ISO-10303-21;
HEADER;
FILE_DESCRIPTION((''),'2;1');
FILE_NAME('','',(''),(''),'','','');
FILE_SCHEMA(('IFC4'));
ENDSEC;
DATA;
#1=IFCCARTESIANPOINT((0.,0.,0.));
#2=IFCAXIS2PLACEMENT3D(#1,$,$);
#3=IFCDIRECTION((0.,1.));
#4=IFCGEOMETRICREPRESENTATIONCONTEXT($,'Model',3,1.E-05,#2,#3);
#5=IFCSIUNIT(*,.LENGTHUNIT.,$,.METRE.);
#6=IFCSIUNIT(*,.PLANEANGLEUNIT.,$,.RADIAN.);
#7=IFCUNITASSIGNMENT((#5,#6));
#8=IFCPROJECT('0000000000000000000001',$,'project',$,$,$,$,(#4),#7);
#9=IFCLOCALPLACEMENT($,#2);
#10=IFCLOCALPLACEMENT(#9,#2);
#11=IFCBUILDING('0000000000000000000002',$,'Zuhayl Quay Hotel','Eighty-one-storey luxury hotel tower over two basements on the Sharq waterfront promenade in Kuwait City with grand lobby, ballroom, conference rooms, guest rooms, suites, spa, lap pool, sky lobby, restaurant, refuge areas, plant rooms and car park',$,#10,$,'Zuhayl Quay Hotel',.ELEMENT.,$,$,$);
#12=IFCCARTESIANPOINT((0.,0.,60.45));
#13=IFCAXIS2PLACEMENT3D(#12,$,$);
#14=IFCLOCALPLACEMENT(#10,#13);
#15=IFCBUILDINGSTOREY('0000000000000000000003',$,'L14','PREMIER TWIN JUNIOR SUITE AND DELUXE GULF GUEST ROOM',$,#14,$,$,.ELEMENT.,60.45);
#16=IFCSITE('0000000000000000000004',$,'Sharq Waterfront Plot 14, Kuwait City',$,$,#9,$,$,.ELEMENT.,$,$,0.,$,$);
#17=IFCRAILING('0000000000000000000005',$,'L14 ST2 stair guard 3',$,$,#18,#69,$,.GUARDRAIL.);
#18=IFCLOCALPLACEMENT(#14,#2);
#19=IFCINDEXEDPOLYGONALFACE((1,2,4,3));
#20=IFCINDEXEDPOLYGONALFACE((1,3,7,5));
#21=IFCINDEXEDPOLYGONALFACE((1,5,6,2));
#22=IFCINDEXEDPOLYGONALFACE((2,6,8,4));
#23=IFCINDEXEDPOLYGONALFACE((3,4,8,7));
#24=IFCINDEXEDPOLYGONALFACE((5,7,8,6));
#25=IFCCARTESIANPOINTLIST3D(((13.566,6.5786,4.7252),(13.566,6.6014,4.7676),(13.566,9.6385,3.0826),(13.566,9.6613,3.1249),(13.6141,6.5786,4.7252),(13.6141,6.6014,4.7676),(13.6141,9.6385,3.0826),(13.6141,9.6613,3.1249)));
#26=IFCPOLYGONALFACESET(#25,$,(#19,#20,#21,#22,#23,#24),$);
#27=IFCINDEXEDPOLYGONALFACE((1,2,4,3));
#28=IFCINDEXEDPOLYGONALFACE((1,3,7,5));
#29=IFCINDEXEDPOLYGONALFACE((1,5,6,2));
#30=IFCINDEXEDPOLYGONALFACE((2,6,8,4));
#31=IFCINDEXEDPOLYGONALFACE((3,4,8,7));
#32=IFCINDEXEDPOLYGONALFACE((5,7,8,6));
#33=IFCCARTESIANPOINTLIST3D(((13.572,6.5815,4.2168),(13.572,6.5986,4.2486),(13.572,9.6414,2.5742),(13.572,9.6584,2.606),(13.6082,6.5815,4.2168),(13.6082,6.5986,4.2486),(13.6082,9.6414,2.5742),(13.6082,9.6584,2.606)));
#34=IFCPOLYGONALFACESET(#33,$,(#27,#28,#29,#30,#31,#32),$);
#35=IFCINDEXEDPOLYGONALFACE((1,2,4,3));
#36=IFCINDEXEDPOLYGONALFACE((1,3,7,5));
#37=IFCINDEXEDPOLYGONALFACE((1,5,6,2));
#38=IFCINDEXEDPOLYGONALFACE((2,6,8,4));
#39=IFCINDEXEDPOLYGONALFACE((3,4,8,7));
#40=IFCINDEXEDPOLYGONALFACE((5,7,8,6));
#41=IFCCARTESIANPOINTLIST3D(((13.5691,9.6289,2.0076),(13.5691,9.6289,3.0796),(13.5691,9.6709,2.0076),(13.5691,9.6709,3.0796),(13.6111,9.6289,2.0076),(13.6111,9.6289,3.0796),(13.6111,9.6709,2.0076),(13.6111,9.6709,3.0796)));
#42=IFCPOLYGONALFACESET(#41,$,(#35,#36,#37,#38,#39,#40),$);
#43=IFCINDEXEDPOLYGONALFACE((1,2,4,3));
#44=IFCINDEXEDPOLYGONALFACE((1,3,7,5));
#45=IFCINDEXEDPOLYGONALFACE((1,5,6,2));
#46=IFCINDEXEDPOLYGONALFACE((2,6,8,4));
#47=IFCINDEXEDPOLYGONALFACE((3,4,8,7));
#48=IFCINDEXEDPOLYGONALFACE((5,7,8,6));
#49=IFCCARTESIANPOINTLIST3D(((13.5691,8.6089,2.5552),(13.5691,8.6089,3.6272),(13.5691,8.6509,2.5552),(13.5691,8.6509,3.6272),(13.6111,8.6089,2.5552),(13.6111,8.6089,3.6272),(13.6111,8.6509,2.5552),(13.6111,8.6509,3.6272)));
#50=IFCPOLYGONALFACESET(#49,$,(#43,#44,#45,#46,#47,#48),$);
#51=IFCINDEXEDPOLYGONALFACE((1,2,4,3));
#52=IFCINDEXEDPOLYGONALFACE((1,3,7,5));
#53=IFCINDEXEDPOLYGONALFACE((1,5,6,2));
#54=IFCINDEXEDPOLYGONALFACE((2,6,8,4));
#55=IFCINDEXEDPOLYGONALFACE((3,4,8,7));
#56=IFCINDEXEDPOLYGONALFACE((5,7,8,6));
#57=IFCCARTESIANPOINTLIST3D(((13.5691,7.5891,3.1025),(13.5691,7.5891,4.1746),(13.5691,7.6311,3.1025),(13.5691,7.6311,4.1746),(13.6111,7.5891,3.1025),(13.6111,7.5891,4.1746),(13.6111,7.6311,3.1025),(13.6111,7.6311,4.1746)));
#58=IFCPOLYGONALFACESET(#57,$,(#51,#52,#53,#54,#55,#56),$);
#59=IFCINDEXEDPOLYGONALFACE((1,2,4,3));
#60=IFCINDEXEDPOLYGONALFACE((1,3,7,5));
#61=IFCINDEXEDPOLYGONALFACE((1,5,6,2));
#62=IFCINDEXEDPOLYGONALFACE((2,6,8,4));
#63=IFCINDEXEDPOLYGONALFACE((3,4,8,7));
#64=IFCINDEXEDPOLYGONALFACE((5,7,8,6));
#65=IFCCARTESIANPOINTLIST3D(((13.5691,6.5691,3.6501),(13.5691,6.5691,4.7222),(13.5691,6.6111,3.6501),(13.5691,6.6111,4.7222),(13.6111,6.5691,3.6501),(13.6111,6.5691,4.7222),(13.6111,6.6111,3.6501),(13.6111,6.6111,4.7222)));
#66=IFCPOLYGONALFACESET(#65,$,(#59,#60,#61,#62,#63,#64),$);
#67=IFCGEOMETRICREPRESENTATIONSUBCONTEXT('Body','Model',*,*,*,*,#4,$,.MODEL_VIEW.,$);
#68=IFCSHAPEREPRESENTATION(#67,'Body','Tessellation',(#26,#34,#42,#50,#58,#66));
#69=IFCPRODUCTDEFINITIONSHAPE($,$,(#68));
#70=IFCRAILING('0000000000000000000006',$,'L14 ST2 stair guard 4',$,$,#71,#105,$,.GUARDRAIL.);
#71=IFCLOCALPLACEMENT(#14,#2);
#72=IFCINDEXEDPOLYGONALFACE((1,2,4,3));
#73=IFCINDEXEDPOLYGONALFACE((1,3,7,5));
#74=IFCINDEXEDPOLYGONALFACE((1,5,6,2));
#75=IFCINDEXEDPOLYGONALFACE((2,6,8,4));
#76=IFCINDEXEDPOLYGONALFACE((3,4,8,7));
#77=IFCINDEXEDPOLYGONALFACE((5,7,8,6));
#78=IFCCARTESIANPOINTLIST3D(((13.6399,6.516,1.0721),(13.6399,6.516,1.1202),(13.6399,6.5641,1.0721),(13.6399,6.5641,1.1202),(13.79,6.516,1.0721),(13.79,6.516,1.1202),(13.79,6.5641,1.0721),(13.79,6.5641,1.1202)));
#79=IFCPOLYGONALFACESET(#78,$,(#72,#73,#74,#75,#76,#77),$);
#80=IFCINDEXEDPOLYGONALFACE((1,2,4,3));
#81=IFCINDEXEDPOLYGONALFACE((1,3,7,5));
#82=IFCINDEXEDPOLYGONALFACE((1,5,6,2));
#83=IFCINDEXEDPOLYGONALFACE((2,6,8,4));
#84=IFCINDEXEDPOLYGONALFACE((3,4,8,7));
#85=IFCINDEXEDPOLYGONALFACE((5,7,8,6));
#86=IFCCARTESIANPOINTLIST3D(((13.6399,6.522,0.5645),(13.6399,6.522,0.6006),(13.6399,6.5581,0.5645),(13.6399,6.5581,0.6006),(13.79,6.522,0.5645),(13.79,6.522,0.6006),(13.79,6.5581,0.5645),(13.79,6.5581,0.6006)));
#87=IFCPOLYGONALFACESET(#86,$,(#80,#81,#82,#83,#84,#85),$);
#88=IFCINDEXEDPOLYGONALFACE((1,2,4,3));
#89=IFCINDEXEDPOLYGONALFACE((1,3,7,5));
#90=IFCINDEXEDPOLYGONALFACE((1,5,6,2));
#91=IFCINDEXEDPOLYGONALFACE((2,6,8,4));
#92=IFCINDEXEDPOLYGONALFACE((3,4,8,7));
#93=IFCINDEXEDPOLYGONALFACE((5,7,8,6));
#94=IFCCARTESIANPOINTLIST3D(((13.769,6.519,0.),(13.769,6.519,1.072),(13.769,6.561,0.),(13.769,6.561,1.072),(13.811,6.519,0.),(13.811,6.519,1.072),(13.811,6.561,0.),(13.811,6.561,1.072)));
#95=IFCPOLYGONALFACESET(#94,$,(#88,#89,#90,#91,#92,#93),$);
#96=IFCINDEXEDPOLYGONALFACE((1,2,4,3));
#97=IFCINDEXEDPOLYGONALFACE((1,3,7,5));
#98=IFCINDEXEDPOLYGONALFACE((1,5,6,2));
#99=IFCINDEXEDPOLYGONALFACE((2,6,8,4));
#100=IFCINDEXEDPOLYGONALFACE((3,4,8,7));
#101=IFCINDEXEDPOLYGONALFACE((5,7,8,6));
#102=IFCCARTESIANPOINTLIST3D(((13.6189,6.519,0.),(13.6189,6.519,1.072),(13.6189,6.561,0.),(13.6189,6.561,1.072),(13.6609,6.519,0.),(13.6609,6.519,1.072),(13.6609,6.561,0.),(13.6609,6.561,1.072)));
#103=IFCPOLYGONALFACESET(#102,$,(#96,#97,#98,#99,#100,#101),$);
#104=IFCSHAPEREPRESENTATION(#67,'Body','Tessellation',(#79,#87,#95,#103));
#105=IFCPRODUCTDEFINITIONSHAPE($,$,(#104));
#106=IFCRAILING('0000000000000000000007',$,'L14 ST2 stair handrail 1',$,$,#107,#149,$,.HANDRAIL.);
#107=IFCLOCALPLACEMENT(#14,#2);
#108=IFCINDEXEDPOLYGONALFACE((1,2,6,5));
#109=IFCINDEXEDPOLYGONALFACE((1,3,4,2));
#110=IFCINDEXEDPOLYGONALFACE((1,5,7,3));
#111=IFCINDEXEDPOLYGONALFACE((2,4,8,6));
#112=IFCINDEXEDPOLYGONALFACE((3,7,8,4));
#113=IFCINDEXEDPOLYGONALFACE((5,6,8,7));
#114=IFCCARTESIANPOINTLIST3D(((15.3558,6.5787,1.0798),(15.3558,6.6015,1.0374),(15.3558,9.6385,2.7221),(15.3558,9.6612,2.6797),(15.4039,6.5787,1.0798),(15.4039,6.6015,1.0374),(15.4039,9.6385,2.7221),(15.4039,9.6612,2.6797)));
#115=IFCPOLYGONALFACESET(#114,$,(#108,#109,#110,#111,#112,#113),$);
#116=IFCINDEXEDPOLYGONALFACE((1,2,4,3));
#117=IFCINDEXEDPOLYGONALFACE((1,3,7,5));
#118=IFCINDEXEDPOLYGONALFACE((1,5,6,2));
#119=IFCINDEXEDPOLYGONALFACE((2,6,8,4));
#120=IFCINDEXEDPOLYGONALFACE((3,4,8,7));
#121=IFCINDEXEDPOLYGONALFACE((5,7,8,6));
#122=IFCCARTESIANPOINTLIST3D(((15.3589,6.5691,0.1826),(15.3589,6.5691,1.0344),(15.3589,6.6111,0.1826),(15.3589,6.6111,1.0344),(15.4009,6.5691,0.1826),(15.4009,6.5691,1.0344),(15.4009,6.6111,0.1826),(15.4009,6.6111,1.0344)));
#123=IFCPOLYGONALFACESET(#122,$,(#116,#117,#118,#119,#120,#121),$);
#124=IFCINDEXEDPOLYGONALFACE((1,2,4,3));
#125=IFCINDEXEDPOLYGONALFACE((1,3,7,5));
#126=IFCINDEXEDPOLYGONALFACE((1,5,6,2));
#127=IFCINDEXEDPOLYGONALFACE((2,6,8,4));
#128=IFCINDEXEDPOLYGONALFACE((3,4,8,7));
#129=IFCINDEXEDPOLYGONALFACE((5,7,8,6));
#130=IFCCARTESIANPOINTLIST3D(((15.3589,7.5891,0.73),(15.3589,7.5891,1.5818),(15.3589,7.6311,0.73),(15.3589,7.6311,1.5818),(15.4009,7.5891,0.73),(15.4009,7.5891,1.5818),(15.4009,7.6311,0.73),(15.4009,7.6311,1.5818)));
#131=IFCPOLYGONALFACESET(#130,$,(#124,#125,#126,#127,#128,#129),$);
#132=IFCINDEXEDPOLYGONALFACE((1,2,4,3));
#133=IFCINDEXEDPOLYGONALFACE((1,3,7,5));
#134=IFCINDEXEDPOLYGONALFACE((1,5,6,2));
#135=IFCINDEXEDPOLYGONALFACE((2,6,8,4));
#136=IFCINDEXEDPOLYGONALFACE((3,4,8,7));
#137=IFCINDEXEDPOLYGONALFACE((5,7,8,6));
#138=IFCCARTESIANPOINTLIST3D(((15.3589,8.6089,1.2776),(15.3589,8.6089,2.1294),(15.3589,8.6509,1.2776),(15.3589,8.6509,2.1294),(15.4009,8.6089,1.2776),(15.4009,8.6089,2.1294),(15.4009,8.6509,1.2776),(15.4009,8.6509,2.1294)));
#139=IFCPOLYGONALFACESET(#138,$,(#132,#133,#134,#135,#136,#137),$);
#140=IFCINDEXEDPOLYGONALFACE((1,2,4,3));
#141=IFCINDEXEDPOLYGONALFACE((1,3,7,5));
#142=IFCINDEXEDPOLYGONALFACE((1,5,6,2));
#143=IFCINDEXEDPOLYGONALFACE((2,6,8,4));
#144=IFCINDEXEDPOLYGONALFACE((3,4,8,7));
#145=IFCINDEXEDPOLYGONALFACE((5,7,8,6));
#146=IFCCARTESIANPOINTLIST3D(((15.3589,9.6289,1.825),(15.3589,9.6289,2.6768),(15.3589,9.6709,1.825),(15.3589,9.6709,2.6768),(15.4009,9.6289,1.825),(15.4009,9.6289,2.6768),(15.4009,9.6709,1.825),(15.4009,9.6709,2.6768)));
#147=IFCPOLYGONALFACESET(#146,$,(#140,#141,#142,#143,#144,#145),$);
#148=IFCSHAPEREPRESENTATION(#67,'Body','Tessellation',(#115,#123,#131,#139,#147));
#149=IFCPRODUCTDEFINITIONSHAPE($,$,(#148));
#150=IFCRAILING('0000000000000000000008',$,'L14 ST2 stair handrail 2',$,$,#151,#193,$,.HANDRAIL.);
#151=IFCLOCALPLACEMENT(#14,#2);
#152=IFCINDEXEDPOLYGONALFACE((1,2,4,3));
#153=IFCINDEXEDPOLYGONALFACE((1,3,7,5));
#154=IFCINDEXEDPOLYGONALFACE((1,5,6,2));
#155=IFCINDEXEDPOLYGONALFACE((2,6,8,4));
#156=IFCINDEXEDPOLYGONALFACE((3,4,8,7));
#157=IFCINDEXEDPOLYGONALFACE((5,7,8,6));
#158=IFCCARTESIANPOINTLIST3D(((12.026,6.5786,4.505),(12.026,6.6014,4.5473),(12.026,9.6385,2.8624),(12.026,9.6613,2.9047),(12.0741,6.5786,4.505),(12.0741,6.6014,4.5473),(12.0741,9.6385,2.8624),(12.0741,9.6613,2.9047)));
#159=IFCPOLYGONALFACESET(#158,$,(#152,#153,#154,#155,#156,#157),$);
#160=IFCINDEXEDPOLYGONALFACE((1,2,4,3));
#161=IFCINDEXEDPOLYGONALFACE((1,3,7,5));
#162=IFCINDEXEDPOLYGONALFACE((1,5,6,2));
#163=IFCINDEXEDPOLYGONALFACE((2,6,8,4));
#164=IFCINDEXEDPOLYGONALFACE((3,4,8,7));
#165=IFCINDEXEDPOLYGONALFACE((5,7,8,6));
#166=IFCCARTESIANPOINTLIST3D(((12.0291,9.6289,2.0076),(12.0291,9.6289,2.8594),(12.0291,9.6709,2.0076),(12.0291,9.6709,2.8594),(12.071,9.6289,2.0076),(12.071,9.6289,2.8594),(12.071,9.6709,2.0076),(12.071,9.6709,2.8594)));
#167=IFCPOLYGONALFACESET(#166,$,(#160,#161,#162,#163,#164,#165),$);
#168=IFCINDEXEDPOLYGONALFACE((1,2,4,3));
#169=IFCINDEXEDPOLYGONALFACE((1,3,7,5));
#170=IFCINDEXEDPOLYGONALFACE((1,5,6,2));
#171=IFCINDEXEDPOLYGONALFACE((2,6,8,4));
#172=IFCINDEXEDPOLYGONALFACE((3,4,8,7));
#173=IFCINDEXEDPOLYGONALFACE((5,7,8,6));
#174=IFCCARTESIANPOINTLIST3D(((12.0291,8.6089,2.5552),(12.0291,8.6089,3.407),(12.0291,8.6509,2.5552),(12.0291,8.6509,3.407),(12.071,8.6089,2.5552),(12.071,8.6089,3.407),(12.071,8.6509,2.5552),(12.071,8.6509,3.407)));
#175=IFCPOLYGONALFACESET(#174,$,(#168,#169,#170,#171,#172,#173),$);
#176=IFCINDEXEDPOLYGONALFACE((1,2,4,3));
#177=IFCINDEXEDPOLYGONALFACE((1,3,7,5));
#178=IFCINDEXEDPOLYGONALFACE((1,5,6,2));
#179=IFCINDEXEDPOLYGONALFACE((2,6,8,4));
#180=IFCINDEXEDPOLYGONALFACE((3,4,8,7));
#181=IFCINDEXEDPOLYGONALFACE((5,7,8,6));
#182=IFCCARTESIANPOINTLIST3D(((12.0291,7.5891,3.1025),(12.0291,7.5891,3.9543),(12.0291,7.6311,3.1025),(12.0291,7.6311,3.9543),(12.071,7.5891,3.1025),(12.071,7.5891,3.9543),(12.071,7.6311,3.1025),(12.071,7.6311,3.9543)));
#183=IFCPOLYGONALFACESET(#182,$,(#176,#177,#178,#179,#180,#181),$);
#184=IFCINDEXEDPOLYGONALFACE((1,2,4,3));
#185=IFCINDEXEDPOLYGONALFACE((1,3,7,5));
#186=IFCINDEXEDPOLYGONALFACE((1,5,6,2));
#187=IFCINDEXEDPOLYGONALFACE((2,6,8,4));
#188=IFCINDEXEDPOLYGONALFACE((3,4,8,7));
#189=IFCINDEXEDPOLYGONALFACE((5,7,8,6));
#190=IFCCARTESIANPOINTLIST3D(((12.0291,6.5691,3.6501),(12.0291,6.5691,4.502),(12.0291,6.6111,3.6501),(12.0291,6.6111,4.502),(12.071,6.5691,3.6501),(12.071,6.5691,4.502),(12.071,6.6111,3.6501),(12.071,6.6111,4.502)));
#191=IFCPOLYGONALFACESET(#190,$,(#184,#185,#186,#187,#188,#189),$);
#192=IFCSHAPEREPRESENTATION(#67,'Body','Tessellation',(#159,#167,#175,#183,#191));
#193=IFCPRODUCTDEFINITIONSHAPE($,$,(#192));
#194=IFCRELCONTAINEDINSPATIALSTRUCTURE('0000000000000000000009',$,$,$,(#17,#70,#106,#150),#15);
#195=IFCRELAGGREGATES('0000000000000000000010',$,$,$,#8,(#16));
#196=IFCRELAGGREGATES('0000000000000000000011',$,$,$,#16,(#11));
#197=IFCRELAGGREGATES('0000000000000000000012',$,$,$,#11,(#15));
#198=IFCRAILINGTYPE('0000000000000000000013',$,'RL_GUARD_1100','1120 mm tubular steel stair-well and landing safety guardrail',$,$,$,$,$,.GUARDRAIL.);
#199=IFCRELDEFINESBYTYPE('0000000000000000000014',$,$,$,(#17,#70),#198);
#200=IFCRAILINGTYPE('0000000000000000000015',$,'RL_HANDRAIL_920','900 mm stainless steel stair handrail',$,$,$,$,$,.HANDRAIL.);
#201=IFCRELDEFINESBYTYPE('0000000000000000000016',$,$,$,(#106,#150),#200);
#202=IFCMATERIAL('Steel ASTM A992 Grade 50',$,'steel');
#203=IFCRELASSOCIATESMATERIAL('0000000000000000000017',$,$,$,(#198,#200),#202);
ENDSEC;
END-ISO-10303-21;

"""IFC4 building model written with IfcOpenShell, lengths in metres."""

from ifc_helpers import new_model, si_unit, direction, frame, origin, origin_2d, place, context, subcontext, project, spatial, rectangle, extrude, material, type_object, element, save


model = new_model("IFC4")

# Units and contexts
model_context = context("Model", 3, precision=1e-05, world=origin(), true_north=direction((0.0, 1.0)))
body_context = subcontext(model_context, "Body", "Model", "MODEL_VIEW")
ifc_project = project(units=[si_unit("LENGTHUNIT", "METRE"), si_unit("PLANEANGLEUNIT", "RADIAN")], contexts=[model_context])

# Site, building, storey
site_placement = place(None, origin())
site = spatial("IfcSite", under=ifc_project, at=site_placement, Name="Sharq Waterfront Plot 14, Kuwait City", CompositionType="ELEMENT", RefElevation=0.0)
building_placement = place(site_placement, origin())
building = spatial("IfcBuilding", under=site, at=building_placement, Name="Zuhayl Quay Hotel", Description="Eighty-one-storey luxury hotel tower over two basements on the Sharq waterfront promenade in Kuwait City with grand lobby, ballroom, conference rooms, guest rooms, suites, spa, lap pool, sky lobby, restaurant, refuge areas, plant rooms and car park", LongName="Zuhayl Quay Hotel", CompositionType="ELEMENT")
storey_placement = place(building_placement, frame((0.0, 0.0, 60.45)))
storey = spatial("IfcBuildingStorey", under=building, at=storey_placement, Name="L14", Description="PREMIER TWIN JUNIOR SUITE AND DELUXE GULF GUEST ROOM", CompositionType="ELEMENT", Elevation=60.45)

# Shared definitions
ifc_material_1 = material(Name="Steel ASTM A992 Grade 50", Category="steel")

# Railings
railing_type_1 = type_object("IfcRailingType", Name="RL_GUARD_1100", Description="1120 mm tubular steel stair-well and landing safety guardrail", PredefinedType="GUARDRAIL", material=ifc_material_1)
railing_1_placement = place(storey_placement, frame((13.5901, 9.6499, 2.0076)))
element("IfcRailing", 1, at=railing_1_placement, inside=storey, type_object=railing_type_1, Name="L14 ST2 stair guard 3", PredefinedType="GUARDRAIL", context=body_context, shape_type="SweptSolid", body=[
    extrude(rectangle(XDim=0.0481, YDim=0.0481, at=origin_2d()), frame((0.0, 0.0, 1.0962), z_axis=(0.0, -0.881073, 0.47298), x_axis=(1.0, 0.0, 0.0)), (0.0, 0.0, 1.0), 3.4729),
    extrude(rectangle(XDim=0.0361, YDim=0.0361, at=origin_2d()), frame((0.0, 0.0, 0.5825), z_axis=(0.0, -0.881073, 0.47298), x_axis=(1.0, 0.0, 0.0)), (0.0, 0.0, 1.0), 3.4729),
    extrude(rectangle(XDim=0.042, YDim=0.042, at=origin_2d()), origin(), (0.0, 0.0, 1.0), 1.072),
    extrude(rectangle(XDim=0.042, YDim=0.042, at=origin_2d()), frame((0.0, -1.02, 0.5476)), (0.0, 0.0, 1.0), 1.072),
    extrude(rectangle(XDim=0.042, YDim=0.042, at=origin_2d()), frame((0.0, -2.0398, 1.095)), (0.0, 0.0, 1.0), 1.072),
    extrude(rectangle(XDim=0.042, YDim=0.042, at=origin_2d()), frame((0.0, -3.0598, 1.6426)), (0.0, 0.0, 1.0), 1.072),
])
railing_2_placement = place(storey_placement, frame((13.79, 6.54, 0.0)))
element("IfcRailing", 2, at=railing_2_placement, inside=storey, type_object=railing_type_1, Name="L14 ST2 stair guard 4", PredefinedType="GUARDRAIL", context=body_context, shape_type="SweptSolid", body=[
    extrude(rectangle(XDim=0.0481, YDim=0.0481, at=origin_2d()), frame((0.0, 0.0, 1.0962), z_axis=(-1.0, 0.0, 0.0), x_axis=(0.0, -1.0, 0.0)), (0.0, 0.0, 1.0), 0.1501),
    extrude(rectangle(XDim=0.0361, YDim=0.0361, at=origin_2d()), frame((0.0, 0.0, 0.5825), z_axis=(-1.0, 0.0, 0.0), x_axis=(0.0, -1.0, 0.0)), (0.0, 0.0, 1.0), 0.1501),
    extrude(rectangle(XDim=0.042, YDim=0.042, at=origin_2d()), origin(), (0.0, 0.0, 1.0), 1.072),
    extrude(rectangle(XDim=0.042, YDim=0.042, at=origin_2d()), frame((-0.1501, 0.0, 0.0)), (0.0, 0.0, 1.0), 1.072),
])
railing_type_2 = type_object("IfcRailingType", Name="RL_HANDRAIL_920", Description="900 mm stainless steel stair handrail", PredefinedType="HANDRAIL", material=ifc_material_1)
railing_3_placement = place(storey_placement, frame((15.3799, 6.5901, 0.1826)))
element("IfcRailing", 3, at=railing_3_placement, inside=storey, type_object=railing_type_2, Name="L14 ST2 stair handrail 1", PredefinedType="HANDRAIL", context=body_context, shape_type="SweptSolid", body=[
    extrude(rectangle(XDim=0.0481, YDim=0.0481, at=origin_2d()), frame((0.0, 0.0, 0.876), z_axis=(0.0, 0.881102, 0.472926), x_axis=(-1.0, 0.0, 0.0)), (0.0, 0.0, 1.0), 3.4727),
    extrude(rectangle(XDim=0.042, YDim=0.042, at=origin_2d()), origin(), (0.0, 0.0, 1.0), 0.8518),
    extrude(rectangle(XDim=0.042, YDim=0.042, at=origin_2d()), frame((0.0, 1.02, 0.5474)), (0.0, 0.0, 1.0), 0.8518),
    extrude(rectangle(XDim=0.042, YDim=0.042, at=origin_2d()), frame((0.0, 2.0398, 1.095)), (0.0, 0.0, 1.0), 0.8518),
    extrude(rectangle(XDim=0.042, YDim=0.042, at=origin_2d()), frame((0.0, 3.0598, 1.6423)), (0.0, 0.0, 1.0), 0.8518),
])
railing_4_placement = place(storey_placement, frame((12.05, 9.6499, 2.0076)))
element("IfcRailing", 4, at=railing_4_placement, inside=storey, type_object=railing_type_2, Name="L14 ST2 stair handrail 2", PredefinedType="HANDRAIL", context=body_context, shape_type="SweptSolid", body=[
    extrude(rectangle(XDim=0.0481, YDim=0.0481, at=origin_2d()), frame((0.0, 0.0, 0.876), z_axis=(0.0, -0.881073, 0.47298), x_axis=(1.0, 0.0, 0.0)), (0.0, 0.0, 1.0), 3.4729),
    extrude(rectangle(XDim=0.042, YDim=0.042, at=origin_2d()), origin(), (0.0, 0.0, 1.0), 0.8518),
    extrude(rectangle(XDim=0.042, YDim=0.042, at=origin_2d()), frame((0.0, -1.02, 0.5476)), (0.0, 0.0, 1.0), 0.8518),
    extrude(rectangle(XDim=0.042, YDim=0.042, at=origin_2d()), frame((0.0, -2.0398, 1.095)), (0.0, 0.0, 1.0), 0.8518),
    extrude(rectangle(XDim=0.042, YDim=0.042, at=origin_2d()), frame((0.0, -3.0598, 1.6426)), (0.0, 0.0, 1.0), 0.8518),
])

save(model, "model.ifc")
